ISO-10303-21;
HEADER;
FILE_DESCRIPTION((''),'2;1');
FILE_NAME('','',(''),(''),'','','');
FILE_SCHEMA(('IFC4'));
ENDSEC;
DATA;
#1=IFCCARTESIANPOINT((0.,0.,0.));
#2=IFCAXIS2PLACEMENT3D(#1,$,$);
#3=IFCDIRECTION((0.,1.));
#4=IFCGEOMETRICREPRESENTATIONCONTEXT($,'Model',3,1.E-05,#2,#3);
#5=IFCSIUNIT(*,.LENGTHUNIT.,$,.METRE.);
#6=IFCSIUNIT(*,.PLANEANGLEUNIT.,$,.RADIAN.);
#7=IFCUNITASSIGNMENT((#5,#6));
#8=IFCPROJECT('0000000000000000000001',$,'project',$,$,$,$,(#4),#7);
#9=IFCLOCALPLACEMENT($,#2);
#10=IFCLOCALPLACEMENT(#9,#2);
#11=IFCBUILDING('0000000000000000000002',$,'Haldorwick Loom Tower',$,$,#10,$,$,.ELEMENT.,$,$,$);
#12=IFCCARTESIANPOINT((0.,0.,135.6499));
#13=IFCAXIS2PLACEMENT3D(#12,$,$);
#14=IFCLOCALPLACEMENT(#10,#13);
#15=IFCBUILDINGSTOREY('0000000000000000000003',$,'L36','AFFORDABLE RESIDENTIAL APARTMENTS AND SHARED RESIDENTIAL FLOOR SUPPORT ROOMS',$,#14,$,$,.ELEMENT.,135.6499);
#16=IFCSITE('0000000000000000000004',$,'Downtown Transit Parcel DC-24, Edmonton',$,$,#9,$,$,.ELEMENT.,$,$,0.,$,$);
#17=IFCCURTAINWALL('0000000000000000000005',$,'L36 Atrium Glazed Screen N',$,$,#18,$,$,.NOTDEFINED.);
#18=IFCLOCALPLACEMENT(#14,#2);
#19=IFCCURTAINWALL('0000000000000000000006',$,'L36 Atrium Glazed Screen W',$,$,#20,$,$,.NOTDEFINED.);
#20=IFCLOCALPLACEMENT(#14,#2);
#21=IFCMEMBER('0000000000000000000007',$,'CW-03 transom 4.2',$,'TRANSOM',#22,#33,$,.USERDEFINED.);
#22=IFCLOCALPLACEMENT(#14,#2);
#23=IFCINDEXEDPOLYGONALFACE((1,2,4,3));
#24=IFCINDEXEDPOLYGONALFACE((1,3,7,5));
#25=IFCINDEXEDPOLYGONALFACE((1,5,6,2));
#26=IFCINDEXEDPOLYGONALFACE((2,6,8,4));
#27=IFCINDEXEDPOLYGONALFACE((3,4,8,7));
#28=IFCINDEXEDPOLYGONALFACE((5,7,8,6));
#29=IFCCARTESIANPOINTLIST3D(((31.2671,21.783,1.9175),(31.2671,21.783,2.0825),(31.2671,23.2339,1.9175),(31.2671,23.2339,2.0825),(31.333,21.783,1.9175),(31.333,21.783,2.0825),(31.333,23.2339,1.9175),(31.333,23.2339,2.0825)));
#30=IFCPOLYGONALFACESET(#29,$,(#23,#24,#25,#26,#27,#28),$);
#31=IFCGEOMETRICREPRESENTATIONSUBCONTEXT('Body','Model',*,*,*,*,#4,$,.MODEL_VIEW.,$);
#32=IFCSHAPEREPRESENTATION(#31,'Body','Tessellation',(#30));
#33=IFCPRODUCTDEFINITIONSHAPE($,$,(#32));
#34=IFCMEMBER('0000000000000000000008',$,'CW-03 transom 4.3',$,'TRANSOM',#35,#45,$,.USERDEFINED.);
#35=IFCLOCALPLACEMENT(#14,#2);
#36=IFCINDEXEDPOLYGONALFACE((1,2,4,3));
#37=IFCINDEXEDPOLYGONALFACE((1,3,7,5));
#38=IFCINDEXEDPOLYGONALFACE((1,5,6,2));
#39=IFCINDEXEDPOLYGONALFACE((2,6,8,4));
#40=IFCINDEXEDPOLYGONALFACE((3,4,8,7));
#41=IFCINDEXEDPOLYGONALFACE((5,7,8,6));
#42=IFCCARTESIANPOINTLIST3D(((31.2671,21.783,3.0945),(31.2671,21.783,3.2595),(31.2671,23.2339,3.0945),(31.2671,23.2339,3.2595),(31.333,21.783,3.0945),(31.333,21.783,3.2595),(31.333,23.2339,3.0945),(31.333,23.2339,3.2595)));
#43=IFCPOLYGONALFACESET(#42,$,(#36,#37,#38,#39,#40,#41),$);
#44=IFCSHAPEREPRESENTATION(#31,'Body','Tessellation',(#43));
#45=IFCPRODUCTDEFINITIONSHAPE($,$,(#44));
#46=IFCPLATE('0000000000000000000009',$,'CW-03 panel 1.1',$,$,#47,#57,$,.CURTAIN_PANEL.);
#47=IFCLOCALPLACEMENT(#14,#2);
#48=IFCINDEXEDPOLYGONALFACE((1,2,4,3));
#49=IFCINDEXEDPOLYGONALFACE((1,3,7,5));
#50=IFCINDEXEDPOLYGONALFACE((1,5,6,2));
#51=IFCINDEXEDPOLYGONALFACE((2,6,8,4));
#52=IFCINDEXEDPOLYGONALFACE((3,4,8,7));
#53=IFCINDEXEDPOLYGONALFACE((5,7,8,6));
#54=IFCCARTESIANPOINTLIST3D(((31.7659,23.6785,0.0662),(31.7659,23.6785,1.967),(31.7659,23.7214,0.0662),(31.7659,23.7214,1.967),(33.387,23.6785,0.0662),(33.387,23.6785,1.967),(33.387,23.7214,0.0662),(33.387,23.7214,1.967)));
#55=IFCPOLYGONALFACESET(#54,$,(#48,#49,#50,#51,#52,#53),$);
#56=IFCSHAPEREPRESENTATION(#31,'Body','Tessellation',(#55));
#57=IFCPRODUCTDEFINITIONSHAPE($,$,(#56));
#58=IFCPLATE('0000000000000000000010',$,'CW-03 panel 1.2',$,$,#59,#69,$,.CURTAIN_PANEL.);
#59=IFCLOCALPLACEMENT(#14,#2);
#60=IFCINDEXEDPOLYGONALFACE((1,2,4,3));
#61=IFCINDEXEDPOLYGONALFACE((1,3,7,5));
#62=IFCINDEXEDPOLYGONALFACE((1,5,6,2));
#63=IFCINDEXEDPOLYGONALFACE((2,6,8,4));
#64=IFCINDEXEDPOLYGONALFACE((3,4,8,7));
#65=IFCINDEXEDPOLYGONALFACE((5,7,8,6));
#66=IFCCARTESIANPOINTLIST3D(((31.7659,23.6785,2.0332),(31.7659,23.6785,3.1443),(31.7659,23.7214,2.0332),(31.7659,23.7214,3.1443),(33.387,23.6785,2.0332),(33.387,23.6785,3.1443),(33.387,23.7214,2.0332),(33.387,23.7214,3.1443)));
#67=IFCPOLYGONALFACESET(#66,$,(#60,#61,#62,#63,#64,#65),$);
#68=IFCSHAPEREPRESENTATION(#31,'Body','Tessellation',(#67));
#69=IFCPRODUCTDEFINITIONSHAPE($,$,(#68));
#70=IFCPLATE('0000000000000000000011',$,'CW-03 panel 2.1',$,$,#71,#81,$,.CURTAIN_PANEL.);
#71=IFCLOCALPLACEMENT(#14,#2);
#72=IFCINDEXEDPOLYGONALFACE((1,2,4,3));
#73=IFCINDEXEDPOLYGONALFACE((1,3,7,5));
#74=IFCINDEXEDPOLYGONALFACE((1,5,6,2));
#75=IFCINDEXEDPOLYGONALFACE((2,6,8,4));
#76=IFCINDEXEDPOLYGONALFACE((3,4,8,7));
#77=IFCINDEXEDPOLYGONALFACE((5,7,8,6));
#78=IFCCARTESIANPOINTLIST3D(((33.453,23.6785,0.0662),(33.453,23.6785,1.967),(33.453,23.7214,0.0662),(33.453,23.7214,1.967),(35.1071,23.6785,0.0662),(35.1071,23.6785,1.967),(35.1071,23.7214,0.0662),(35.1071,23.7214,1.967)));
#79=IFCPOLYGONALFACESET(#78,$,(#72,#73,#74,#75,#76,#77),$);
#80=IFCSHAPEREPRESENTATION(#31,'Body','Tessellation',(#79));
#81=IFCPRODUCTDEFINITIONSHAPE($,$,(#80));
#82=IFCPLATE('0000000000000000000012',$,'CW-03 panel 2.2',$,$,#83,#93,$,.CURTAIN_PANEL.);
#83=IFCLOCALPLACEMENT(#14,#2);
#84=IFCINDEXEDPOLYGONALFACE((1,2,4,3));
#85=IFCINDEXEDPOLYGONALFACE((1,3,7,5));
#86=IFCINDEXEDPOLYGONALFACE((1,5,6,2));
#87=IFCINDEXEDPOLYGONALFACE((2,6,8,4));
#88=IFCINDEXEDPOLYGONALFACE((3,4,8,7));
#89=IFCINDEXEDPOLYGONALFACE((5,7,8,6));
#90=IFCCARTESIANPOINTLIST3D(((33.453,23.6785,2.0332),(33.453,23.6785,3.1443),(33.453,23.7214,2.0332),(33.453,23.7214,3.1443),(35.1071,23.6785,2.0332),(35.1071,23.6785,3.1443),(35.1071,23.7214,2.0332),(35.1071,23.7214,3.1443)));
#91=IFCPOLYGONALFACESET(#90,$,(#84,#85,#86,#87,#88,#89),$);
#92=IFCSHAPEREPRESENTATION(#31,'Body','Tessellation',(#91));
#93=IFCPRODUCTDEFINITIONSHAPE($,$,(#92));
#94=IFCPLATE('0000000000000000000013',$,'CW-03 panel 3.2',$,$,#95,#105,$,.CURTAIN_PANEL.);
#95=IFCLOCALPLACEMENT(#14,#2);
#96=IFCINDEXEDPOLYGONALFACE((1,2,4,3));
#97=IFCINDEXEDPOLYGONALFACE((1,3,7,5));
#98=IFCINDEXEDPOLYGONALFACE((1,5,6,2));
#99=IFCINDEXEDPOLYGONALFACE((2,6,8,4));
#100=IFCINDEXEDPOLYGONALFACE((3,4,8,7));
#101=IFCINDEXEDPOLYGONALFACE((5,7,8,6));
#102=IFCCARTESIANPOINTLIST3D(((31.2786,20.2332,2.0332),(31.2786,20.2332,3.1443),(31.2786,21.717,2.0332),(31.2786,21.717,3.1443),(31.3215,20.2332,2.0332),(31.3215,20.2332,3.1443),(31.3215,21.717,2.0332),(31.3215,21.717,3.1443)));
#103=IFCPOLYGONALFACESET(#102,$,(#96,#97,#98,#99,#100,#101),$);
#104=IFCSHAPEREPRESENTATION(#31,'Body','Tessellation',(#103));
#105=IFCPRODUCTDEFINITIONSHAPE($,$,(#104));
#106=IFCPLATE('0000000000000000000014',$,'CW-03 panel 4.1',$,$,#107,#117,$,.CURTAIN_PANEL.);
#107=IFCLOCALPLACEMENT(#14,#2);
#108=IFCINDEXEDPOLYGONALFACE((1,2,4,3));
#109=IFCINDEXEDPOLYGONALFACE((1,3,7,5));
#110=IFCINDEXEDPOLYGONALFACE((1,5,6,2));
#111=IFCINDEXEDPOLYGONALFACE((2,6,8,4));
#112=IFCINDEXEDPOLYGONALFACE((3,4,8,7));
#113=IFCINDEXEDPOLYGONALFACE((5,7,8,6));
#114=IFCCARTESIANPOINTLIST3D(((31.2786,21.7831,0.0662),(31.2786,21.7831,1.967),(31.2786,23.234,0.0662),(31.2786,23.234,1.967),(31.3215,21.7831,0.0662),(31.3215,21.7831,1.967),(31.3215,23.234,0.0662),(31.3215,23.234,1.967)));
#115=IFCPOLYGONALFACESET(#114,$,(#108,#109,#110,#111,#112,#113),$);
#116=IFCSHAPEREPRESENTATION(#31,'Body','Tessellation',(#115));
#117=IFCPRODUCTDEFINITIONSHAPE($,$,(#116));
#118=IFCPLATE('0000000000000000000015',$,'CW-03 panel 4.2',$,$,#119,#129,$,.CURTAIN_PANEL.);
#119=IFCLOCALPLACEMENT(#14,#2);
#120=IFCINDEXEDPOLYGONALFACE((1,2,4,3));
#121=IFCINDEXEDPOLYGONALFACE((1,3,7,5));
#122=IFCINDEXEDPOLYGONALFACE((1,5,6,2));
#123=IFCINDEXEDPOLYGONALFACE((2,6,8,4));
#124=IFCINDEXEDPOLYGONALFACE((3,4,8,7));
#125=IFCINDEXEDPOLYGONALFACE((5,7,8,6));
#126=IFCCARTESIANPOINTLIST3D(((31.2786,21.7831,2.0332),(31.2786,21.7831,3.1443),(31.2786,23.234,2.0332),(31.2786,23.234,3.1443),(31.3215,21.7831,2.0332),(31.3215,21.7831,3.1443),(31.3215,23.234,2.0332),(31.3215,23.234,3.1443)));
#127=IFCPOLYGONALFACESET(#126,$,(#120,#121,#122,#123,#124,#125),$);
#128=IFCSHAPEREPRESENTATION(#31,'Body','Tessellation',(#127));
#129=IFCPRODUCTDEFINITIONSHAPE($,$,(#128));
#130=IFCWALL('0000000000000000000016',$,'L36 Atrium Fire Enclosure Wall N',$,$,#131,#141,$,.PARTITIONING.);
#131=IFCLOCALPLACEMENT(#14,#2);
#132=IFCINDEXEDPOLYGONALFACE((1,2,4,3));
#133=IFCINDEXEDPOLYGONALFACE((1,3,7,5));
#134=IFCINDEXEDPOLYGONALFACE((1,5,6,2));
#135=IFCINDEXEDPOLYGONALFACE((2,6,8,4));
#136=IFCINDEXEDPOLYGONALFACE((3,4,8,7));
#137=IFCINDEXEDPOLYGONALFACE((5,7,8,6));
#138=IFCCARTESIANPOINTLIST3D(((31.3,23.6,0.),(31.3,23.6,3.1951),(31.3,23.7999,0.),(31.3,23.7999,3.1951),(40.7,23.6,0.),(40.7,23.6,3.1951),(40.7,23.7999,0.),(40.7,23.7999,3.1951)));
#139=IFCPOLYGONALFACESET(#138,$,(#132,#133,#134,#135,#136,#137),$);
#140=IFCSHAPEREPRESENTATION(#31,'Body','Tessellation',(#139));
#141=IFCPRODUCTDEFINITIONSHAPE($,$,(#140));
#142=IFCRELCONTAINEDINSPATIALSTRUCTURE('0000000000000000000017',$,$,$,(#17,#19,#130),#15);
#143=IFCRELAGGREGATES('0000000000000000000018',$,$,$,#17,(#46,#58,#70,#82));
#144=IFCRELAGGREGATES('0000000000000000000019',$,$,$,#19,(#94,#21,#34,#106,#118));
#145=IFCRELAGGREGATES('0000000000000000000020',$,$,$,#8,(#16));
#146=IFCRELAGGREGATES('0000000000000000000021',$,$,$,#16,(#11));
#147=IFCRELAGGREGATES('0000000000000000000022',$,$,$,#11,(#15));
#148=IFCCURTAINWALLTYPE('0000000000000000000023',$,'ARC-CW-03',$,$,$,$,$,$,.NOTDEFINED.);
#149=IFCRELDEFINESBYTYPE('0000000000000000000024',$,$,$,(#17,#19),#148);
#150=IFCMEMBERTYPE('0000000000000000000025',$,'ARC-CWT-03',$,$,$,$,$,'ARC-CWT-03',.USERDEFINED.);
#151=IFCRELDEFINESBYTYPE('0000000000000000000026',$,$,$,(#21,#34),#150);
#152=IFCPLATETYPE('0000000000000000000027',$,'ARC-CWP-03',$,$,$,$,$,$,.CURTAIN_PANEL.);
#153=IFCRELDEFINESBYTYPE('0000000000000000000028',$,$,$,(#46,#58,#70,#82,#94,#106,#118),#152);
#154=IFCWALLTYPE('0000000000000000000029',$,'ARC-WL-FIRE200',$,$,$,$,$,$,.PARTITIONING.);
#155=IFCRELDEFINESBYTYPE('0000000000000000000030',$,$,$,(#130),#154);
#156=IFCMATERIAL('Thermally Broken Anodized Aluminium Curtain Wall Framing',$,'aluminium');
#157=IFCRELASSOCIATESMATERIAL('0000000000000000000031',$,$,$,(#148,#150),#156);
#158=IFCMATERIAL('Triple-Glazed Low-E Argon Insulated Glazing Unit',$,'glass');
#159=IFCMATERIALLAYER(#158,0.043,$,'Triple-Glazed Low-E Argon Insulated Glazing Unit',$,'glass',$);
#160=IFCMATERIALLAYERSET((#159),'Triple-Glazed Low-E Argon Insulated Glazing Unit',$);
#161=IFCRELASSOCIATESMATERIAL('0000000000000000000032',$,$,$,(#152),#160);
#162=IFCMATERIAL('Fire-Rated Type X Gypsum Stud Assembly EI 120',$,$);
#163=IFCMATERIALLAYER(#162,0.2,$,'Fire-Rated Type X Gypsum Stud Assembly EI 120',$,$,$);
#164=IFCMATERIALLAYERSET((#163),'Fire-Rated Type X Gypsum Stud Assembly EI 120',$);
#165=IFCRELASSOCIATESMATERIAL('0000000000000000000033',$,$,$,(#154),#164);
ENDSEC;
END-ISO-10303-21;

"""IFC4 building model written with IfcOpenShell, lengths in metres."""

from ifc_helpers import new_model, si_unit, direction, frame, frame_2d, origin, origin_2d, place, context, subcontext, project, spatial, rectangle, extrude, material, layer, layer_set, material_profile, profile_set, type_object, element, aggregate, save


model = new_model("IFC4")

# Units and contexts
model_context = context("Model", 3, precision=1e-05, world=origin(), true_north=direction((0.0, 1.0)))
body_context = subcontext(model_context, "Body", "Model", "MODEL_VIEW")
ifc_project = project(units=[si_unit("LENGTHUNIT", "METRE"), si_unit("PLANEANGLEUNIT", "RADIAN")], contexts=[model_context])

# Site, building, storey
site_placement = place(None, origin())
site = spatial("IfcSite", under=ifc_project, at=site_placement, Name="Downtown Transit Parcel DC-24, Edmonton", CompositionType="ELEMENT", RefElevation=0.0)
building_placement = place(site_placement, origin())
building = spatial("IfcBuilding", under=site, at=building_placement, Name="Haldorwick Loom Tower", CompositionType="ELEMENT")
storey_placement = place(building_placement, frame((0.0, 0.0, 135.6499)))
storey = spatial("IfcBuildingStorey", under=building, at=storey_placement, Name="L36", Description="AFFORDABLE RESIDENTIAL APARTMENTS AND SHARED RESIDENTIAL FLOOR SUPPORT ROOMS", CompositionType="ELEMENT", Elevation=135.6499)

# Curtain walls
ifc_material_1 = material(Name="Thermally Broken Anodized Aluminium Curtain Wall Framing", Category="aluminium")
curtain_wall_type = type_object("IfcCurtainWallType", Name="ARC-CW-03", PredefinedType="NOTDEFINED", material=ifc_material_1)
curtain_wall_1_placement = place(storey_placement, origin())
curtain_wall_1 = element("IfcCurtainWall", 1, at=curtain_wall_1_placement, inside=storey, type_object=curtain_wall_type, Name="L36 Atrium Glazed Screen N", PredefinedType="NOTDEFINED")
curtain_wall_2_placement = place(storey_placement, origin())
curtain_wall_2 = element("IfcCurtainWall", 2, at=curtain_wall_2_placement, inside=storey, type_object=curtain_wall_type, Name="L36 Atrium Glazed Screen W", PredefinedType="NOTDEFINED")

# Members
ifc_material_profile_1 = material_profile(ifc_material_1, rectangle(XDim=0.0659, YDim=0.165, at=origin_2d()), Name="ALU_TRN_66X165", Category="aluminium")
ifc_profile_set_1 = profile_set([ifc_material_profile_1], Name="Thermally Broken Anodized Aluminium Curtain Wall Framing")
member_type_1 = type_object("IfcMemberType", Name="ARC-CWT-03", ElementType="ARC-CWT-03", PredefinedType="USERDEFINED", material=ifc_profile_set_1)
member_1_placement = place(storey_placement, frame((31.3, 21.783, 2.0), z_axis=(0.0, 1.0, 0.0), x_axis=(-1.0, 0.0, 0.0)))
member_1 = element("IfcMember", 3, at=member_1_placement, type_object=member_type_1, Name="CW-03 transom 4.2", ObjectType="TRANSOM", PredefinedType="USERDEFINED", context=body_context, shape_type="SweptSolid", body=[
    extrude(rectangle(XDim=0.0659, YDim=0.165, at=origin_2d()), origin(), (0.0, 0.0, 1.0), 1.4509),
])
member_2_placement = place(storey_placement, frame((31.3, 21.783, 3.177), z_axis=(0.0, 1.0, 0.0), x_axis=(-1.0, 0.0, 0.0)))
member_2 = element("IfcMember", 4, at=member_2_placement, type_object=member_type_1, Name="CW-03 transom 4.3", ObjectType="TRANSOM", PredefinedType="USERDEFINED", context=body_context, shape_type="SweptSolid", body=[
    extrude(rectangle(XDim=0.0659, YDim=0.165, at=origin_2d()), origin(), (0.0, 0.0, 1.0), 1.4509),
])

# Plates
ifc_material_2 = material(Name="Triple-Glazed Low-E Argon Insulated Glazing Unit", Category="glass")
ifc_layer_1 = layer(ifc_material_2, 0.043, Name="Triple-Glazed Low-E Argon Insulated Glazing Unit", Category="glass")
ifc_layer_set_1 = layer_set([ifc_layer_1], Name="Triple-Glazed Low-E Argon Insulated Glazing Unit")
plate_type = type_object("IfcPlateType", Name="ARC-CWP-03", PredefinedType="CURTAIN_PANEL", material=ifc_layer_set_1)
plate_1_placement = place(storey_placement, frame((32.5764, 23.7, 0.0662), z_axis=(0.0, 0.0, 1.0), x_axis=(1.0, 0.0, 0.0)))
plate_1 = element("IfcPlate", 5, at=plate_1_placement, type_object=plate_type, Name="CW-03 panel 1.1", PredefinedType="CURTAIN_PANEL", context=body_context, shape_type="SweptSolid", body=[
    extrude(rectangle(XDim=1.6211, YDim=0.043, at=origin_2d()), origin(), (0.0, 0.0, 1.0), 1.9009),
])
plate_2_placement = place(storey_placement, frame((32.5764, 23.7, 2.0332), z_axis=(0.0, 0.0, 1.0), x_axis=(1.0, 0.0, 0.0)))
plate_2 = element("IfcPlate", 6, at=plate_2_placement, type_object=plate_type, Name="CW-03 panel 1.2", PredefinedType="CURTAIN_PANEL", context=body_context, shape_type="SweptSolid", body=[
    extrude(rectangle(XDim=1.6211, YDim=0.043, at=origin_2d()), origin(), (0.0, 0.0, 1.0), 1.1111),
])
plate_3_placement = place(storey_placement, frame((34.28, 23.7, 0.0662), z_axis=(0.0, 0.0, 1.0), x_axis=(1.0, 0.0, 0.0)))
plate_3 = element("IfcPlate", 7, at=plate_3_placement, type_object=plate_type, Name="CW-03 panel 2.1", PredefinedType="CURTAIN_PANEL", context=body_context, shape_type="SweptSolid", body=[
    extrude(rectangle(XDim=1.6541, YDim=0.043, at=origin_2d()), origin(), (0.0, 0.0, 1.0), 1.9009),
])
plate_4_placement = place(storey_placement, frame((34.28, 23.7, 2.0332), z_axis=(0.0, 0.0, 1.0), x_axis=(1.0, 0.0, 0.0)))
plate_4 = element("IfcPlate", 8, at=plate_4_placement, type_object=plate_type, Name="CW-03 panel 2.2", PredefinedType="CURTAIN_PANEL", context=body_context, shape_type="SweptSolid", body=[
    extrude(rectangle(XDim=1.6541, YDim=0.043, at=origin_2d()), origin(), (0.0, 0.0, 1.0), 1.1111),
])
aggregate(curtain_wall_1, [plate_1, plate_2, plate_3, plate_4])
plate_5_placement = place(storey_placement, frame((31.3, 20.9751, 2.0332), z_axis=(0.0, 0.0, 1.0), x_axis=(0.0, 1.0, 0.0)))
plate_5 = element("IfcPlate", 9, at=plate_5_placement, type_object=plate_type, Name="CW-03 panel 3.2", PredefinedType="CURTAIN_PANEL", context=body_context, shape_type="SweptSolid", body=[
    extrude(rectangle(XDim=1.4839, YDim=0.043, at=origin_2d()), origin(), (0.0, 0.0, 1.0), 1.1111),
])
plate_6_placement = place(storey_placement, frame((31.3, 22.5085, 0.0662), z_axis=(0.0, 0.0, 1.0), x_axis=(0.0, 1.0, 0.0)))
plate_6 = element("IfcPlate", 10, at=plate_6_placement, type_object=plate_type, Name="CW-03 panel 4.1", PredefinedType="CURTAIN_PANEL", context=body_context, shape_type="SweptSolid", body=[
    extrude(rectangle(XDim=1.4509, YDim=0.043, at=origin_2d()), origin(), (0.0, 0.0, 1.0), 1.9009),
])
plate_7_placement = place(storey_placement, frame((31.3, 22.5085, 2.0332), z_axis=(0.0, 0.0, 1.0), x_axis=(0.0, 1.0, 0.0)))
plate_7 = element("IfcPlate", 11, at=plate_7_placement, type_object=plate_type, Name="CW-03 panel 4.2", PredefinedType="CURTAIN_PANEL", context=body_context, shape_type="SweptSolid", body=[
    extrude(rectangle(XDim=1.4509, YDim=0.043, at=origin_2d()), origin(), (0.0, 0.0, 1.0), 1.1111),
])
aggregate(curtain_wall_2, [plate_5, member_1, member_2, plate_6, plate_7])

# Wall
ifc_material_3 = material(Name="Fire-Rated Type X Gypsum Stud Assembly EI 120")
ifc_layer_2 = layer(ifc_material_3, 0.2, Name="Fire-Rated Type X Gypsum Stud Assembly EI 120")
ifc_layer_set_2 = layer_set([ifc_layer_2], Name="Fire-Rated Type X Gypsum Stud Assembly EI 120")
wall_type = type_object("IfcWallType", Name="ARC-WL-FIRE200", PredefinedType="PARTITIONING", material=ifc_layer_set_2)
wall_placement = place(storey_placement, frame((31.3, 23.7, 0.0), z_axis=(0.0, 0.0, 1.0), x_axis=(1.0, 0.0, 0.0)))
element("IfcWall", 12, at=wall_placement, inside=storey, type_object=wall_type, Name="L36 Atrium Fire Enclosure Wall N", PredefinedType="PARTITIONING", context=body_context, shape_type="SweptSolid", body=[
    extrude(rectangle(XDim=9.3999, YDim=0.2, at=frame_2d((4.7, 0.0))), origin(), (0.0, 0.0, 1.0), 3.1951),
])

save(model, "model.ifc")
